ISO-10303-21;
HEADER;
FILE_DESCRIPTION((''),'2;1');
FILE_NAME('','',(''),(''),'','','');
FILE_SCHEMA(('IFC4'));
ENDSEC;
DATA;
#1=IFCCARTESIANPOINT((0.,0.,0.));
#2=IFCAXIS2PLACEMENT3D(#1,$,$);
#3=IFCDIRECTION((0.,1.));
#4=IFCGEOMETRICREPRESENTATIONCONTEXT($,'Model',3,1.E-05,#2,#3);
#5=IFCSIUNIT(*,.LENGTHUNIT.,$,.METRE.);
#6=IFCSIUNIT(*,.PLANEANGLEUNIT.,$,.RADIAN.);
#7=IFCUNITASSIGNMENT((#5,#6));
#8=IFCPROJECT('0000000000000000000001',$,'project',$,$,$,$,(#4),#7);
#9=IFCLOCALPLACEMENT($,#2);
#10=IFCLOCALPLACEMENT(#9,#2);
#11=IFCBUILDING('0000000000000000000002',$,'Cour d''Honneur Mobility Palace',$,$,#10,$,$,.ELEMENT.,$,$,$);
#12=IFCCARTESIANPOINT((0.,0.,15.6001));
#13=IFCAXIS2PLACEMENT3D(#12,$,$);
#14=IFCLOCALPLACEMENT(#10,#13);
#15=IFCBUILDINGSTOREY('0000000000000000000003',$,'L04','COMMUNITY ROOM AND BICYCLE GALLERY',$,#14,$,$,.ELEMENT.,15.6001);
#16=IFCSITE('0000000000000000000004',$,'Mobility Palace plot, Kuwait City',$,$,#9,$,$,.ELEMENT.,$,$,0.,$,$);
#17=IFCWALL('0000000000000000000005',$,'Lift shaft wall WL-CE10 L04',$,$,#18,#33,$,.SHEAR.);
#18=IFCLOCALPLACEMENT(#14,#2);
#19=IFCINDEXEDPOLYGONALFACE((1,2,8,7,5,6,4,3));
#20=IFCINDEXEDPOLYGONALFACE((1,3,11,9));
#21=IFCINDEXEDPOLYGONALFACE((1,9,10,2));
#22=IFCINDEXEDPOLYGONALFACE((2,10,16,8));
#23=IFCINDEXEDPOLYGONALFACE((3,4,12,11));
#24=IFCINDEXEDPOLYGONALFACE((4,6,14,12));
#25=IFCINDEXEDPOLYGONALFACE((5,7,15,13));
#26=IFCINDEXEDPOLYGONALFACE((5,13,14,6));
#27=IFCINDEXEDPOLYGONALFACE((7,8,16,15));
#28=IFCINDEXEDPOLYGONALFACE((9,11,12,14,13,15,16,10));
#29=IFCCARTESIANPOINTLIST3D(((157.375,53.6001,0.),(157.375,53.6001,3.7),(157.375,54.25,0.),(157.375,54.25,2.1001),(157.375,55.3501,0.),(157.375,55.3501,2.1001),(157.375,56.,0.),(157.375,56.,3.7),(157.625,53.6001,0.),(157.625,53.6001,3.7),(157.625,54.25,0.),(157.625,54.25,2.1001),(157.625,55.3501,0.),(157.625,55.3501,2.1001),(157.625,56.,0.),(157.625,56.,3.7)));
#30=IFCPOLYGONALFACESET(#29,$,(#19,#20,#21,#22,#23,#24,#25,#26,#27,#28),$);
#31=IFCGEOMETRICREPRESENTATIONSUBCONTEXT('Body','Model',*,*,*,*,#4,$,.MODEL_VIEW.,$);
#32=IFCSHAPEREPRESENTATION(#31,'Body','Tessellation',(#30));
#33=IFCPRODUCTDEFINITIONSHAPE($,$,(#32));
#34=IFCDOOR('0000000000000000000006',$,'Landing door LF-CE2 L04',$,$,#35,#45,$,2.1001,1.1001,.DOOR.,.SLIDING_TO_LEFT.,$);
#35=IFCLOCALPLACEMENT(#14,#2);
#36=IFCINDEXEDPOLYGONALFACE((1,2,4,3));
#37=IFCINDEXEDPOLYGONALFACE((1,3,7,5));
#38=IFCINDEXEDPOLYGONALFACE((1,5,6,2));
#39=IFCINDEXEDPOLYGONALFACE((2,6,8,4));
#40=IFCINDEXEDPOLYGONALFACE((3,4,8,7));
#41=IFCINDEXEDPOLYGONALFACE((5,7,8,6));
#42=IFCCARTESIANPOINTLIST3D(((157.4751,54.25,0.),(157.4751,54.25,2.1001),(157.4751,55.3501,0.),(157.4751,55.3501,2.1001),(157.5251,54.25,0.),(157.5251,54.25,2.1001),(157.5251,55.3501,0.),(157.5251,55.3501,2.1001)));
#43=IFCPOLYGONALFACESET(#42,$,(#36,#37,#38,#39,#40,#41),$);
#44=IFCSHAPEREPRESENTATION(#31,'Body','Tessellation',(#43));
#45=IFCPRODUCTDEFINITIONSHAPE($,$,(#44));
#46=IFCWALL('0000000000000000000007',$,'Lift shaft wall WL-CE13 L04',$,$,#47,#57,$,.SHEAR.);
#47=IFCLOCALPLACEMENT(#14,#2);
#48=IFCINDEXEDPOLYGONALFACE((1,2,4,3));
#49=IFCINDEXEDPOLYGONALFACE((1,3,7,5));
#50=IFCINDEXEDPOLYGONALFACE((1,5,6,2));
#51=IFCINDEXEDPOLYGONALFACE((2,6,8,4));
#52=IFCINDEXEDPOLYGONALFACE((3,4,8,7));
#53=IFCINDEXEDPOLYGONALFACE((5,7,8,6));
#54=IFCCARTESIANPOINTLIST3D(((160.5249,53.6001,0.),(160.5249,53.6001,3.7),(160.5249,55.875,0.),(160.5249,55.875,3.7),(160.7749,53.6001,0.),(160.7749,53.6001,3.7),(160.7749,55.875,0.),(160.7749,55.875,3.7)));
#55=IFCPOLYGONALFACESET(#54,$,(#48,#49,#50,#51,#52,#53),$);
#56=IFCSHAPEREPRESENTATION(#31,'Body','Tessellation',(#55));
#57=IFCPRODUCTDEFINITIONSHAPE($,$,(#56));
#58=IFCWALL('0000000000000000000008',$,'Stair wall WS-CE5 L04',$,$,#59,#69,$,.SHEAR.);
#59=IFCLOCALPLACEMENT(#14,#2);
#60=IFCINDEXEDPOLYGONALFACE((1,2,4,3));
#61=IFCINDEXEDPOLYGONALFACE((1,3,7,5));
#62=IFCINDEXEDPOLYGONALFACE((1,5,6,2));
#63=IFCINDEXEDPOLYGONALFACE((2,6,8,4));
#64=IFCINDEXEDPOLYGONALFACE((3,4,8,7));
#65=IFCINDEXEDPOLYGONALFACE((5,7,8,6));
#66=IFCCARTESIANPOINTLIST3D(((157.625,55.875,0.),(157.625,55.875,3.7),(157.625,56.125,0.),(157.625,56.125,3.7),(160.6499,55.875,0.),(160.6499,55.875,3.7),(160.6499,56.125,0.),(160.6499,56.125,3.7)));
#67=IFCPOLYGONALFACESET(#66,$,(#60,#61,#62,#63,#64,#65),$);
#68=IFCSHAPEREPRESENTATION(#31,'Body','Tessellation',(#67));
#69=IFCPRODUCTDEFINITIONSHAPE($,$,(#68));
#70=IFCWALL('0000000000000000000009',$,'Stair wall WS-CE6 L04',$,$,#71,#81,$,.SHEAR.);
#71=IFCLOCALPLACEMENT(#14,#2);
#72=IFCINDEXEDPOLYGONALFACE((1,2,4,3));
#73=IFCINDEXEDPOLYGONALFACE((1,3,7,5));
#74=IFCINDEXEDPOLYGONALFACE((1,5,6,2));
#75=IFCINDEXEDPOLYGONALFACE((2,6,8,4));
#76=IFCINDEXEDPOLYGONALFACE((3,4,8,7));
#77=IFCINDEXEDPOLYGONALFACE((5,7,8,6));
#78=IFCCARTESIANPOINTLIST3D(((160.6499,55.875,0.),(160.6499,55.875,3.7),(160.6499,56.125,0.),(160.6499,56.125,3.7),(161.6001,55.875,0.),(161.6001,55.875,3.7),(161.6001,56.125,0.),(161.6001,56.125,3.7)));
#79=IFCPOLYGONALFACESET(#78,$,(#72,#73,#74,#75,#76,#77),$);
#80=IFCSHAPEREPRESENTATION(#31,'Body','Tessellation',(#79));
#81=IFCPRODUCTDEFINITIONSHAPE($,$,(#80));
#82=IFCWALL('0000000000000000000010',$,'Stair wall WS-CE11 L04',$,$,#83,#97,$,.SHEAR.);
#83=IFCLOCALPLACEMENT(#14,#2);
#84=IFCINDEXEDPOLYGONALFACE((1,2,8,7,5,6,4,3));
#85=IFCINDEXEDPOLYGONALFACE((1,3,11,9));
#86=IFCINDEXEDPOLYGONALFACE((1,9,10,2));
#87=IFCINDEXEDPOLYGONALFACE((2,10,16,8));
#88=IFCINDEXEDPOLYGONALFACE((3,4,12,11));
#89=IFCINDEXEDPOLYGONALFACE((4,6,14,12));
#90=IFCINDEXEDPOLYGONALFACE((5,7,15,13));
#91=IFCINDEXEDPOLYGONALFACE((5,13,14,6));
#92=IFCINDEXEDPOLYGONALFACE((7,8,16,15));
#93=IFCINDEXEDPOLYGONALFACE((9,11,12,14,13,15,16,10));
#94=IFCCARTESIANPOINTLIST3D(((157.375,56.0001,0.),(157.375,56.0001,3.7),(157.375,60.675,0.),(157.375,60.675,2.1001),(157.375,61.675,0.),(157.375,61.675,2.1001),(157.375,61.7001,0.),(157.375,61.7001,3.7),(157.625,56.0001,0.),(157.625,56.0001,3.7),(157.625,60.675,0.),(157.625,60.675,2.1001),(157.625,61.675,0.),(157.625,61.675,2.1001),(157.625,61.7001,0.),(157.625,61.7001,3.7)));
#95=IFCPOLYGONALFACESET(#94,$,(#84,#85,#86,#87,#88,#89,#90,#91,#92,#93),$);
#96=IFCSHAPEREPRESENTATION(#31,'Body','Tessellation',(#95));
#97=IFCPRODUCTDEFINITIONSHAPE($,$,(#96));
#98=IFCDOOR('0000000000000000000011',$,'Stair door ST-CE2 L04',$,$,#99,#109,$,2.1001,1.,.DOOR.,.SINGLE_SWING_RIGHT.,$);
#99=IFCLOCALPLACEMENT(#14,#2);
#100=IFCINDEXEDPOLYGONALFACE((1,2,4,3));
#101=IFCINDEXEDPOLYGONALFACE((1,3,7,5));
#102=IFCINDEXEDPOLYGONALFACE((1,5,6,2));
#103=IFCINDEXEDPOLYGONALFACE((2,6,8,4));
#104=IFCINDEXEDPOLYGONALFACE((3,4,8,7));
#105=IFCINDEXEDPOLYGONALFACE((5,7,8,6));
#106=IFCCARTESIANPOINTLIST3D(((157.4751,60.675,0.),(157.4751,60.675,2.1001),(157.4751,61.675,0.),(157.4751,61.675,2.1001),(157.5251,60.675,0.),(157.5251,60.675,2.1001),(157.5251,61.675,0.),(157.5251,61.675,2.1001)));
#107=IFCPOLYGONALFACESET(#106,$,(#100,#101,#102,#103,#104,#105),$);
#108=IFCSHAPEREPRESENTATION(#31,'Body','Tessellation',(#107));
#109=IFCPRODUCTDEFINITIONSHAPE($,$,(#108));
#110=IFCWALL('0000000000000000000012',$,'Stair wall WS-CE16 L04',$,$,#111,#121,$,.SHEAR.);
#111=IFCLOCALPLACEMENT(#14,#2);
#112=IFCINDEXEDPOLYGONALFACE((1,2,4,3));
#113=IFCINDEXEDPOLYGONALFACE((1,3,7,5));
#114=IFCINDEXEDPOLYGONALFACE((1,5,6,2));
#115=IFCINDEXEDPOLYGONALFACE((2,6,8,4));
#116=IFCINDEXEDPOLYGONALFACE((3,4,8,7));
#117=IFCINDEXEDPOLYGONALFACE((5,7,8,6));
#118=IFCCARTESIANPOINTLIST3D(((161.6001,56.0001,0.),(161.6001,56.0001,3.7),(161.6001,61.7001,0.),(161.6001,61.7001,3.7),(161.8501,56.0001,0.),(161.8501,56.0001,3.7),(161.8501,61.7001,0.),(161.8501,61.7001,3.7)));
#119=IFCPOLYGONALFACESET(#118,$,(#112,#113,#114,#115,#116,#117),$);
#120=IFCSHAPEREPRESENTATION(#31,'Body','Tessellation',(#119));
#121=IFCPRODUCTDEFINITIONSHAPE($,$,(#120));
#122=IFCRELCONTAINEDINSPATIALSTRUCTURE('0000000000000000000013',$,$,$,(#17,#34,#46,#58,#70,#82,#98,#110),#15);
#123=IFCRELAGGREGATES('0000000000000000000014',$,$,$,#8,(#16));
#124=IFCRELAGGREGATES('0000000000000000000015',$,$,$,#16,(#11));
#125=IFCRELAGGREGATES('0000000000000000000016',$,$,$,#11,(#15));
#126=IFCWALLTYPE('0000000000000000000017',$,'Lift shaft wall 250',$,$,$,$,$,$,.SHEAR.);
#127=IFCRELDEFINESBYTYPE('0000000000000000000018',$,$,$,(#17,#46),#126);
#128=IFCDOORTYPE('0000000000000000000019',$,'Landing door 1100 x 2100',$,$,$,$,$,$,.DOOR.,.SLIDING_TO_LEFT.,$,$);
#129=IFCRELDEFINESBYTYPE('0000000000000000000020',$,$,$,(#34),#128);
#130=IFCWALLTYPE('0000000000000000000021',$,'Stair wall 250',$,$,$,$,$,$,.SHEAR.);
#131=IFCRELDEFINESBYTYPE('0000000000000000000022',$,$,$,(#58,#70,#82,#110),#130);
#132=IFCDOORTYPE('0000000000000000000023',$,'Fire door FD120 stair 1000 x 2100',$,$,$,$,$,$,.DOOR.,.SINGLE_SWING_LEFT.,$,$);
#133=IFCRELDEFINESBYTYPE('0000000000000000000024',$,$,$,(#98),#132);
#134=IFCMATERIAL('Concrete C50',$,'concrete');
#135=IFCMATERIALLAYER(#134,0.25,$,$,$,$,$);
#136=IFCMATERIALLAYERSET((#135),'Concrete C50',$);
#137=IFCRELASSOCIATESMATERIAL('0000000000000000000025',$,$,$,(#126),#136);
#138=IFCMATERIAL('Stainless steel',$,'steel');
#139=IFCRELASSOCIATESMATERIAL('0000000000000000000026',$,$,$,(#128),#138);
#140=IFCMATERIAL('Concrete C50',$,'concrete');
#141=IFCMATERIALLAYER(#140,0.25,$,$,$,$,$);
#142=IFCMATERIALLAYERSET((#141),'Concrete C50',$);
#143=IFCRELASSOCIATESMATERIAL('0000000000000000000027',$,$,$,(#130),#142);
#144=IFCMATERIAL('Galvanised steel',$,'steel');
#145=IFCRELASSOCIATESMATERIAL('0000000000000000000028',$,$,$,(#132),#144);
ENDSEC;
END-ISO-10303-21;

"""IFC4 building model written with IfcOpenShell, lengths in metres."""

from ifc_helpers import new_model, si_unit, direction, frame, frame_2d, origin, place, context, subcontext, project, spatial, rectangle, extrude, material, layer, layer_set, type_object, element, fill, save


model = new_model("IFC4")

# Units and contexts
model_context = context("Model", 3, precision=1e-05, world=origin(), true_north=direction((0.0, 1.0)))
body_context = subcontext(model_context, "Body", "Model", "MODEL_VIEW")
ifc_project = project(units=[si_unit("LENGTHUNIT", "METRE"), si_unit("PLANEANGLEUNIT", "RADIAN")], contexts=[model_context])

# Site, building, storey
site_placement = place(None, origin())
site = spatial("IfcSite", under=ifc_project, at=site_placement, Name="Mobility Palace plot, Kuwait City", CompositionType="ELEMENT", RefElevation=0.0)
building_placement = place(site_placement, origin())
building = spatial("IfcBuilding", under=site, at=building_placement, Name="Cour d'Honneur Mobility Palace", CompositionType="ELEMENT")
storey_placement = place(building_placement, frame((0.0, 0.0, 15.6001)))
storey = spatial("IfcBuildingStorey", under=building, at=storey_placement, Name="L04", Description="COMMUNITY ROOM AND BICYCLE GALLERY", CompositionType="ELEMENT", Elevation=15.6001)

# Shared definitions
ifc_material_1 = material(Name="Concrete C50", Category="concrete")
ifc_layer_1 = layer(ifc_material_1, 0.25)
ifc_layer_set_1 = layer_set([ifc_layer_1], Name="Concrete C50")
wall_type_1 = type_object("IfcWallType", Name="Lift shaft wall 250", PredefinedType="SHEAR", material=ifc_layer_set_1)

# Wall, opening, door
wall_1_placement = place(storey_placement, frame((157.5, 53.6001, 0.0), z_axis=(0.0, 0.0, 1.0), x_axis=(0.0, 1.0, 0.0)))
wall_1 = element("IfcWall", 1, at=wall_1_placement, inside=storey, type_object=wall_type_1, Name="Lift shaft wall WL-CE10 L04", PredefinedType="SHEAR", context=body_context, shape_type="SweptSolid", body=[
    extrude(rectangle(XDim=2.3999, YDim=0.25, at=frame_2d((1.2, 0.0))), origin(), (0.0, 0.0, 1.0), 3.7),
])
opening_1_placement = place(wall_1_placement, frame((0.6499, 0.0, 0.0)))
opening_1 = element("IfcOpeningElement", 2, at=opening_1_placement, cuts=wall_1, PredefinedType="OPENING", context=body_context, shape_type="SweptSolid", body=[
    extrude(rectangle(XDim=1.1001, YDim=2.1001, at=frame_2d((0.55, 1.05))), frame((0.0, 0.135, 0.0), z_axis=(0.0, -1.0, 0.0), x_axis=(1.0, 0.0, 0.0)), (0.0, 0.0, 1.0), 0.27),
])
ifc_material_2 = material(Name="Stainless steel", Category="steel")
door_type_1 = type_object("IfcDoorType", Name="Landing door 1100 x 2100", OperationType="SLIDING_TO_LEFT", PredefinedType="DOOR", material=ifc_material_2)
door_1_placement = place(opening_1_placement, origin())
door_1 = element("IfcDoor", 3, at=door_1_placement, inside=storey, type_object=door_type_1, Name="Landing door LF-CE2 L04", OperationType="SLIDING_TO_LEFT", OverallHeight=2.1001, OverallWidth=1.1001, PredefinedType="DOOR", context=body_context, shape_type="SweptSolid", body=[
    extrude(rectangle(XDim=1.1001, YDim=2.1001, at=frame_2d((0.55, 1.05))), frame((0.0, 0.0249, 0.0), z_axis=(0.0, -1.0, 0.0), x_axis=(1.0, 0.0, 0.0)), (0.0, 0.0, 1.0), 0.05),
])
fill(opening_1, door_1)

# Walls
wall_2_placement = place(storey_placement, frame((160.6499, 53.6001, 0.0), z_axis=(0.0, 0.0, 1.0), x_axis=(0.0, 1.0, 0.0)))
element("IfcWall", 4, at=wall_2_placement, inside=storey, type_object=wall_type_1, Name="Lift shaft wall WL-CE13 L04", PredefinedType="SHEAR", context=body_context, shape_type="SweptSolid", body=[
    extrude(rectangle(XDim=2.2749, YDim=0.25, at=frame_2d((1.1375, 0.0))), origin(), (0.0, 0.0, 1.0), 3.7),
])
ifc_material_3 = material(Name="Concrete C50", Category="concrete")
ifc_layer_2 = layer(ifc_material_3, 0.25)
ifc_layer_set_2 = layer_set([ifc_layer_2], Name="Concrete C50")
wall_type_2 = type_object("IfcWallType", Name="Stair wall 250", PredefinedType="SHEAR", material=ifc_layer_set_2)
wall_3_placement = place(storey_placement, frame((157.625, 56.0, 0.0), z_axis=(0.0, 0.0, 1.0), x_axis=(1.0, 0.0, 0.0)))
element("IfcWall", 5, at=wall_3_placement, inside=storey, type_object=wall_type_2, Name="Stair wall WS-CE5 L04", PredefinedType="SHEAR", context=body_context, shape_type="SweptSolid", body=[
    extrude(rectangle(XDim=3.0249, YDim=0.25, at=frame_2d((1.5125, 0.0))), origin(), (0.0, 0.0, 1.0), 3.7),
])
wall_4_placement = place(storey_placement, frame((160.6499, 56.0, 0.0), z_axis=(0.0, 0.0, 1.0), x_axis=(1.0, 0.0, 0.0)))
element("IfcWall", 6, at=wall_4_placement, inside=storey, type_object=wall_type_2, Name="Stair wall WS-CE6 L04", PredefinedType="SHEAR", context=body_context, shape_type="SweptSolid", body=[
    extrude(rectangle(XDim=0.9502, YDim=0.25, at=frame_2d((0.4751, 0.0))), origin(), (0.0, 0.0, 1.0), 3.7),
])

# Wall, opening, door
wall_5_placement = place(storey_placement, frame((157.5, 56.0, 0.0), z_axis=(0.0, 0.0, 1.0), x_axis=(0.0, 1.0, 0.0)))
wall_5 = element("IfcWall", 7, at=wall_5_placement, inside=storey, type_object=wall_type_2, Name="Stair wall WS-CE11 L04", PredefinedType="SHEAR", context=body_context, shape_type="SweptSolid", body=[
    extrude(rectangle(XDim=5.7, YDim=0.25, at=frame_2d((2.8501, 0.0))), origin(), (0.0, 0.0, 1.0), 3.7),
])
opening_2_placement = place(wall_5_placement, frame((4.675, 0.0, 0.0)))
opening_2 = element("IfcOpeningElement", 8, at=opening_2_placement, cuts=wall_5, PredefinedType="OPENING", context=body_context, shape_type="SweptSolid", body=[
    extrude(rectangle(XDim=1.0, YDim=2.1001, at=frame_2d((0.5, 1.05))), frame((0.0, 0.135, 0.0), z_axis=(0.0, -1.0, 0.0), x_axis=(1.0, 0.0, 0.0)), (0.0, 0.0, 1.0), 0.27),
])
ifc_material_4 = material(Name="Galvanised steel", Category="steel")
door_type_2 = type_object("IfcDoorType", Name="Fire door FD120 stair 1000 x 2100", OperationType="SINGLE_SWING_LEFT", PredefinedType="DOOR", material=ifc_material_4)
door_2_placement = place(opening_2_placement, origin())
door_2 = element("IfcDoor", 9, at=door_2_placement, inside=storey, type_object=door_type_2, Name="Stair door ST-CE2 L04", OperationType="SINGLE_SWING_RIGHT", OverallHeight=2.1001, OverallWidth=1.0, PredefinedType="DOOR", context=body_context, shape_type="SweptSolid", body=[
    extrude(rectangle(XDim=1.0, YDim=2.1001, at=frame_2d((0.5, 1.05))), frame((0.0, 0.0249, 0.0), z_axis=(0.0, -1.0, 0.0), x_axis=(1.0, 0.0, 0.0)), (0.0, 0.0, 1.0), 0.05),
])
fill(opening_2, door_2)

# Wall
wall_6_placement = place(storey_placement, frame((161.7251, 56.0, 0.0), z_axis=(0.0, 0.0, 1.0), x_axis=(0.0, 1.0, 0.0)))
element("IfcWall", 10, at=wall_6_placement, inside=storey, type_object=wall_type_2, Name="Stair wall WS-CE16 L04", PredefinedType="SHEAR", context=body_context, shape_type="SweptSolid", body=[
    extrude(rectangle(XDim=5.7, YDim=0.25, at=frame_2d((2.8501, 0.0))), origin(), (0.0, 0.0, 1.0), 3.7),
])

save(model, "model.ifc")
